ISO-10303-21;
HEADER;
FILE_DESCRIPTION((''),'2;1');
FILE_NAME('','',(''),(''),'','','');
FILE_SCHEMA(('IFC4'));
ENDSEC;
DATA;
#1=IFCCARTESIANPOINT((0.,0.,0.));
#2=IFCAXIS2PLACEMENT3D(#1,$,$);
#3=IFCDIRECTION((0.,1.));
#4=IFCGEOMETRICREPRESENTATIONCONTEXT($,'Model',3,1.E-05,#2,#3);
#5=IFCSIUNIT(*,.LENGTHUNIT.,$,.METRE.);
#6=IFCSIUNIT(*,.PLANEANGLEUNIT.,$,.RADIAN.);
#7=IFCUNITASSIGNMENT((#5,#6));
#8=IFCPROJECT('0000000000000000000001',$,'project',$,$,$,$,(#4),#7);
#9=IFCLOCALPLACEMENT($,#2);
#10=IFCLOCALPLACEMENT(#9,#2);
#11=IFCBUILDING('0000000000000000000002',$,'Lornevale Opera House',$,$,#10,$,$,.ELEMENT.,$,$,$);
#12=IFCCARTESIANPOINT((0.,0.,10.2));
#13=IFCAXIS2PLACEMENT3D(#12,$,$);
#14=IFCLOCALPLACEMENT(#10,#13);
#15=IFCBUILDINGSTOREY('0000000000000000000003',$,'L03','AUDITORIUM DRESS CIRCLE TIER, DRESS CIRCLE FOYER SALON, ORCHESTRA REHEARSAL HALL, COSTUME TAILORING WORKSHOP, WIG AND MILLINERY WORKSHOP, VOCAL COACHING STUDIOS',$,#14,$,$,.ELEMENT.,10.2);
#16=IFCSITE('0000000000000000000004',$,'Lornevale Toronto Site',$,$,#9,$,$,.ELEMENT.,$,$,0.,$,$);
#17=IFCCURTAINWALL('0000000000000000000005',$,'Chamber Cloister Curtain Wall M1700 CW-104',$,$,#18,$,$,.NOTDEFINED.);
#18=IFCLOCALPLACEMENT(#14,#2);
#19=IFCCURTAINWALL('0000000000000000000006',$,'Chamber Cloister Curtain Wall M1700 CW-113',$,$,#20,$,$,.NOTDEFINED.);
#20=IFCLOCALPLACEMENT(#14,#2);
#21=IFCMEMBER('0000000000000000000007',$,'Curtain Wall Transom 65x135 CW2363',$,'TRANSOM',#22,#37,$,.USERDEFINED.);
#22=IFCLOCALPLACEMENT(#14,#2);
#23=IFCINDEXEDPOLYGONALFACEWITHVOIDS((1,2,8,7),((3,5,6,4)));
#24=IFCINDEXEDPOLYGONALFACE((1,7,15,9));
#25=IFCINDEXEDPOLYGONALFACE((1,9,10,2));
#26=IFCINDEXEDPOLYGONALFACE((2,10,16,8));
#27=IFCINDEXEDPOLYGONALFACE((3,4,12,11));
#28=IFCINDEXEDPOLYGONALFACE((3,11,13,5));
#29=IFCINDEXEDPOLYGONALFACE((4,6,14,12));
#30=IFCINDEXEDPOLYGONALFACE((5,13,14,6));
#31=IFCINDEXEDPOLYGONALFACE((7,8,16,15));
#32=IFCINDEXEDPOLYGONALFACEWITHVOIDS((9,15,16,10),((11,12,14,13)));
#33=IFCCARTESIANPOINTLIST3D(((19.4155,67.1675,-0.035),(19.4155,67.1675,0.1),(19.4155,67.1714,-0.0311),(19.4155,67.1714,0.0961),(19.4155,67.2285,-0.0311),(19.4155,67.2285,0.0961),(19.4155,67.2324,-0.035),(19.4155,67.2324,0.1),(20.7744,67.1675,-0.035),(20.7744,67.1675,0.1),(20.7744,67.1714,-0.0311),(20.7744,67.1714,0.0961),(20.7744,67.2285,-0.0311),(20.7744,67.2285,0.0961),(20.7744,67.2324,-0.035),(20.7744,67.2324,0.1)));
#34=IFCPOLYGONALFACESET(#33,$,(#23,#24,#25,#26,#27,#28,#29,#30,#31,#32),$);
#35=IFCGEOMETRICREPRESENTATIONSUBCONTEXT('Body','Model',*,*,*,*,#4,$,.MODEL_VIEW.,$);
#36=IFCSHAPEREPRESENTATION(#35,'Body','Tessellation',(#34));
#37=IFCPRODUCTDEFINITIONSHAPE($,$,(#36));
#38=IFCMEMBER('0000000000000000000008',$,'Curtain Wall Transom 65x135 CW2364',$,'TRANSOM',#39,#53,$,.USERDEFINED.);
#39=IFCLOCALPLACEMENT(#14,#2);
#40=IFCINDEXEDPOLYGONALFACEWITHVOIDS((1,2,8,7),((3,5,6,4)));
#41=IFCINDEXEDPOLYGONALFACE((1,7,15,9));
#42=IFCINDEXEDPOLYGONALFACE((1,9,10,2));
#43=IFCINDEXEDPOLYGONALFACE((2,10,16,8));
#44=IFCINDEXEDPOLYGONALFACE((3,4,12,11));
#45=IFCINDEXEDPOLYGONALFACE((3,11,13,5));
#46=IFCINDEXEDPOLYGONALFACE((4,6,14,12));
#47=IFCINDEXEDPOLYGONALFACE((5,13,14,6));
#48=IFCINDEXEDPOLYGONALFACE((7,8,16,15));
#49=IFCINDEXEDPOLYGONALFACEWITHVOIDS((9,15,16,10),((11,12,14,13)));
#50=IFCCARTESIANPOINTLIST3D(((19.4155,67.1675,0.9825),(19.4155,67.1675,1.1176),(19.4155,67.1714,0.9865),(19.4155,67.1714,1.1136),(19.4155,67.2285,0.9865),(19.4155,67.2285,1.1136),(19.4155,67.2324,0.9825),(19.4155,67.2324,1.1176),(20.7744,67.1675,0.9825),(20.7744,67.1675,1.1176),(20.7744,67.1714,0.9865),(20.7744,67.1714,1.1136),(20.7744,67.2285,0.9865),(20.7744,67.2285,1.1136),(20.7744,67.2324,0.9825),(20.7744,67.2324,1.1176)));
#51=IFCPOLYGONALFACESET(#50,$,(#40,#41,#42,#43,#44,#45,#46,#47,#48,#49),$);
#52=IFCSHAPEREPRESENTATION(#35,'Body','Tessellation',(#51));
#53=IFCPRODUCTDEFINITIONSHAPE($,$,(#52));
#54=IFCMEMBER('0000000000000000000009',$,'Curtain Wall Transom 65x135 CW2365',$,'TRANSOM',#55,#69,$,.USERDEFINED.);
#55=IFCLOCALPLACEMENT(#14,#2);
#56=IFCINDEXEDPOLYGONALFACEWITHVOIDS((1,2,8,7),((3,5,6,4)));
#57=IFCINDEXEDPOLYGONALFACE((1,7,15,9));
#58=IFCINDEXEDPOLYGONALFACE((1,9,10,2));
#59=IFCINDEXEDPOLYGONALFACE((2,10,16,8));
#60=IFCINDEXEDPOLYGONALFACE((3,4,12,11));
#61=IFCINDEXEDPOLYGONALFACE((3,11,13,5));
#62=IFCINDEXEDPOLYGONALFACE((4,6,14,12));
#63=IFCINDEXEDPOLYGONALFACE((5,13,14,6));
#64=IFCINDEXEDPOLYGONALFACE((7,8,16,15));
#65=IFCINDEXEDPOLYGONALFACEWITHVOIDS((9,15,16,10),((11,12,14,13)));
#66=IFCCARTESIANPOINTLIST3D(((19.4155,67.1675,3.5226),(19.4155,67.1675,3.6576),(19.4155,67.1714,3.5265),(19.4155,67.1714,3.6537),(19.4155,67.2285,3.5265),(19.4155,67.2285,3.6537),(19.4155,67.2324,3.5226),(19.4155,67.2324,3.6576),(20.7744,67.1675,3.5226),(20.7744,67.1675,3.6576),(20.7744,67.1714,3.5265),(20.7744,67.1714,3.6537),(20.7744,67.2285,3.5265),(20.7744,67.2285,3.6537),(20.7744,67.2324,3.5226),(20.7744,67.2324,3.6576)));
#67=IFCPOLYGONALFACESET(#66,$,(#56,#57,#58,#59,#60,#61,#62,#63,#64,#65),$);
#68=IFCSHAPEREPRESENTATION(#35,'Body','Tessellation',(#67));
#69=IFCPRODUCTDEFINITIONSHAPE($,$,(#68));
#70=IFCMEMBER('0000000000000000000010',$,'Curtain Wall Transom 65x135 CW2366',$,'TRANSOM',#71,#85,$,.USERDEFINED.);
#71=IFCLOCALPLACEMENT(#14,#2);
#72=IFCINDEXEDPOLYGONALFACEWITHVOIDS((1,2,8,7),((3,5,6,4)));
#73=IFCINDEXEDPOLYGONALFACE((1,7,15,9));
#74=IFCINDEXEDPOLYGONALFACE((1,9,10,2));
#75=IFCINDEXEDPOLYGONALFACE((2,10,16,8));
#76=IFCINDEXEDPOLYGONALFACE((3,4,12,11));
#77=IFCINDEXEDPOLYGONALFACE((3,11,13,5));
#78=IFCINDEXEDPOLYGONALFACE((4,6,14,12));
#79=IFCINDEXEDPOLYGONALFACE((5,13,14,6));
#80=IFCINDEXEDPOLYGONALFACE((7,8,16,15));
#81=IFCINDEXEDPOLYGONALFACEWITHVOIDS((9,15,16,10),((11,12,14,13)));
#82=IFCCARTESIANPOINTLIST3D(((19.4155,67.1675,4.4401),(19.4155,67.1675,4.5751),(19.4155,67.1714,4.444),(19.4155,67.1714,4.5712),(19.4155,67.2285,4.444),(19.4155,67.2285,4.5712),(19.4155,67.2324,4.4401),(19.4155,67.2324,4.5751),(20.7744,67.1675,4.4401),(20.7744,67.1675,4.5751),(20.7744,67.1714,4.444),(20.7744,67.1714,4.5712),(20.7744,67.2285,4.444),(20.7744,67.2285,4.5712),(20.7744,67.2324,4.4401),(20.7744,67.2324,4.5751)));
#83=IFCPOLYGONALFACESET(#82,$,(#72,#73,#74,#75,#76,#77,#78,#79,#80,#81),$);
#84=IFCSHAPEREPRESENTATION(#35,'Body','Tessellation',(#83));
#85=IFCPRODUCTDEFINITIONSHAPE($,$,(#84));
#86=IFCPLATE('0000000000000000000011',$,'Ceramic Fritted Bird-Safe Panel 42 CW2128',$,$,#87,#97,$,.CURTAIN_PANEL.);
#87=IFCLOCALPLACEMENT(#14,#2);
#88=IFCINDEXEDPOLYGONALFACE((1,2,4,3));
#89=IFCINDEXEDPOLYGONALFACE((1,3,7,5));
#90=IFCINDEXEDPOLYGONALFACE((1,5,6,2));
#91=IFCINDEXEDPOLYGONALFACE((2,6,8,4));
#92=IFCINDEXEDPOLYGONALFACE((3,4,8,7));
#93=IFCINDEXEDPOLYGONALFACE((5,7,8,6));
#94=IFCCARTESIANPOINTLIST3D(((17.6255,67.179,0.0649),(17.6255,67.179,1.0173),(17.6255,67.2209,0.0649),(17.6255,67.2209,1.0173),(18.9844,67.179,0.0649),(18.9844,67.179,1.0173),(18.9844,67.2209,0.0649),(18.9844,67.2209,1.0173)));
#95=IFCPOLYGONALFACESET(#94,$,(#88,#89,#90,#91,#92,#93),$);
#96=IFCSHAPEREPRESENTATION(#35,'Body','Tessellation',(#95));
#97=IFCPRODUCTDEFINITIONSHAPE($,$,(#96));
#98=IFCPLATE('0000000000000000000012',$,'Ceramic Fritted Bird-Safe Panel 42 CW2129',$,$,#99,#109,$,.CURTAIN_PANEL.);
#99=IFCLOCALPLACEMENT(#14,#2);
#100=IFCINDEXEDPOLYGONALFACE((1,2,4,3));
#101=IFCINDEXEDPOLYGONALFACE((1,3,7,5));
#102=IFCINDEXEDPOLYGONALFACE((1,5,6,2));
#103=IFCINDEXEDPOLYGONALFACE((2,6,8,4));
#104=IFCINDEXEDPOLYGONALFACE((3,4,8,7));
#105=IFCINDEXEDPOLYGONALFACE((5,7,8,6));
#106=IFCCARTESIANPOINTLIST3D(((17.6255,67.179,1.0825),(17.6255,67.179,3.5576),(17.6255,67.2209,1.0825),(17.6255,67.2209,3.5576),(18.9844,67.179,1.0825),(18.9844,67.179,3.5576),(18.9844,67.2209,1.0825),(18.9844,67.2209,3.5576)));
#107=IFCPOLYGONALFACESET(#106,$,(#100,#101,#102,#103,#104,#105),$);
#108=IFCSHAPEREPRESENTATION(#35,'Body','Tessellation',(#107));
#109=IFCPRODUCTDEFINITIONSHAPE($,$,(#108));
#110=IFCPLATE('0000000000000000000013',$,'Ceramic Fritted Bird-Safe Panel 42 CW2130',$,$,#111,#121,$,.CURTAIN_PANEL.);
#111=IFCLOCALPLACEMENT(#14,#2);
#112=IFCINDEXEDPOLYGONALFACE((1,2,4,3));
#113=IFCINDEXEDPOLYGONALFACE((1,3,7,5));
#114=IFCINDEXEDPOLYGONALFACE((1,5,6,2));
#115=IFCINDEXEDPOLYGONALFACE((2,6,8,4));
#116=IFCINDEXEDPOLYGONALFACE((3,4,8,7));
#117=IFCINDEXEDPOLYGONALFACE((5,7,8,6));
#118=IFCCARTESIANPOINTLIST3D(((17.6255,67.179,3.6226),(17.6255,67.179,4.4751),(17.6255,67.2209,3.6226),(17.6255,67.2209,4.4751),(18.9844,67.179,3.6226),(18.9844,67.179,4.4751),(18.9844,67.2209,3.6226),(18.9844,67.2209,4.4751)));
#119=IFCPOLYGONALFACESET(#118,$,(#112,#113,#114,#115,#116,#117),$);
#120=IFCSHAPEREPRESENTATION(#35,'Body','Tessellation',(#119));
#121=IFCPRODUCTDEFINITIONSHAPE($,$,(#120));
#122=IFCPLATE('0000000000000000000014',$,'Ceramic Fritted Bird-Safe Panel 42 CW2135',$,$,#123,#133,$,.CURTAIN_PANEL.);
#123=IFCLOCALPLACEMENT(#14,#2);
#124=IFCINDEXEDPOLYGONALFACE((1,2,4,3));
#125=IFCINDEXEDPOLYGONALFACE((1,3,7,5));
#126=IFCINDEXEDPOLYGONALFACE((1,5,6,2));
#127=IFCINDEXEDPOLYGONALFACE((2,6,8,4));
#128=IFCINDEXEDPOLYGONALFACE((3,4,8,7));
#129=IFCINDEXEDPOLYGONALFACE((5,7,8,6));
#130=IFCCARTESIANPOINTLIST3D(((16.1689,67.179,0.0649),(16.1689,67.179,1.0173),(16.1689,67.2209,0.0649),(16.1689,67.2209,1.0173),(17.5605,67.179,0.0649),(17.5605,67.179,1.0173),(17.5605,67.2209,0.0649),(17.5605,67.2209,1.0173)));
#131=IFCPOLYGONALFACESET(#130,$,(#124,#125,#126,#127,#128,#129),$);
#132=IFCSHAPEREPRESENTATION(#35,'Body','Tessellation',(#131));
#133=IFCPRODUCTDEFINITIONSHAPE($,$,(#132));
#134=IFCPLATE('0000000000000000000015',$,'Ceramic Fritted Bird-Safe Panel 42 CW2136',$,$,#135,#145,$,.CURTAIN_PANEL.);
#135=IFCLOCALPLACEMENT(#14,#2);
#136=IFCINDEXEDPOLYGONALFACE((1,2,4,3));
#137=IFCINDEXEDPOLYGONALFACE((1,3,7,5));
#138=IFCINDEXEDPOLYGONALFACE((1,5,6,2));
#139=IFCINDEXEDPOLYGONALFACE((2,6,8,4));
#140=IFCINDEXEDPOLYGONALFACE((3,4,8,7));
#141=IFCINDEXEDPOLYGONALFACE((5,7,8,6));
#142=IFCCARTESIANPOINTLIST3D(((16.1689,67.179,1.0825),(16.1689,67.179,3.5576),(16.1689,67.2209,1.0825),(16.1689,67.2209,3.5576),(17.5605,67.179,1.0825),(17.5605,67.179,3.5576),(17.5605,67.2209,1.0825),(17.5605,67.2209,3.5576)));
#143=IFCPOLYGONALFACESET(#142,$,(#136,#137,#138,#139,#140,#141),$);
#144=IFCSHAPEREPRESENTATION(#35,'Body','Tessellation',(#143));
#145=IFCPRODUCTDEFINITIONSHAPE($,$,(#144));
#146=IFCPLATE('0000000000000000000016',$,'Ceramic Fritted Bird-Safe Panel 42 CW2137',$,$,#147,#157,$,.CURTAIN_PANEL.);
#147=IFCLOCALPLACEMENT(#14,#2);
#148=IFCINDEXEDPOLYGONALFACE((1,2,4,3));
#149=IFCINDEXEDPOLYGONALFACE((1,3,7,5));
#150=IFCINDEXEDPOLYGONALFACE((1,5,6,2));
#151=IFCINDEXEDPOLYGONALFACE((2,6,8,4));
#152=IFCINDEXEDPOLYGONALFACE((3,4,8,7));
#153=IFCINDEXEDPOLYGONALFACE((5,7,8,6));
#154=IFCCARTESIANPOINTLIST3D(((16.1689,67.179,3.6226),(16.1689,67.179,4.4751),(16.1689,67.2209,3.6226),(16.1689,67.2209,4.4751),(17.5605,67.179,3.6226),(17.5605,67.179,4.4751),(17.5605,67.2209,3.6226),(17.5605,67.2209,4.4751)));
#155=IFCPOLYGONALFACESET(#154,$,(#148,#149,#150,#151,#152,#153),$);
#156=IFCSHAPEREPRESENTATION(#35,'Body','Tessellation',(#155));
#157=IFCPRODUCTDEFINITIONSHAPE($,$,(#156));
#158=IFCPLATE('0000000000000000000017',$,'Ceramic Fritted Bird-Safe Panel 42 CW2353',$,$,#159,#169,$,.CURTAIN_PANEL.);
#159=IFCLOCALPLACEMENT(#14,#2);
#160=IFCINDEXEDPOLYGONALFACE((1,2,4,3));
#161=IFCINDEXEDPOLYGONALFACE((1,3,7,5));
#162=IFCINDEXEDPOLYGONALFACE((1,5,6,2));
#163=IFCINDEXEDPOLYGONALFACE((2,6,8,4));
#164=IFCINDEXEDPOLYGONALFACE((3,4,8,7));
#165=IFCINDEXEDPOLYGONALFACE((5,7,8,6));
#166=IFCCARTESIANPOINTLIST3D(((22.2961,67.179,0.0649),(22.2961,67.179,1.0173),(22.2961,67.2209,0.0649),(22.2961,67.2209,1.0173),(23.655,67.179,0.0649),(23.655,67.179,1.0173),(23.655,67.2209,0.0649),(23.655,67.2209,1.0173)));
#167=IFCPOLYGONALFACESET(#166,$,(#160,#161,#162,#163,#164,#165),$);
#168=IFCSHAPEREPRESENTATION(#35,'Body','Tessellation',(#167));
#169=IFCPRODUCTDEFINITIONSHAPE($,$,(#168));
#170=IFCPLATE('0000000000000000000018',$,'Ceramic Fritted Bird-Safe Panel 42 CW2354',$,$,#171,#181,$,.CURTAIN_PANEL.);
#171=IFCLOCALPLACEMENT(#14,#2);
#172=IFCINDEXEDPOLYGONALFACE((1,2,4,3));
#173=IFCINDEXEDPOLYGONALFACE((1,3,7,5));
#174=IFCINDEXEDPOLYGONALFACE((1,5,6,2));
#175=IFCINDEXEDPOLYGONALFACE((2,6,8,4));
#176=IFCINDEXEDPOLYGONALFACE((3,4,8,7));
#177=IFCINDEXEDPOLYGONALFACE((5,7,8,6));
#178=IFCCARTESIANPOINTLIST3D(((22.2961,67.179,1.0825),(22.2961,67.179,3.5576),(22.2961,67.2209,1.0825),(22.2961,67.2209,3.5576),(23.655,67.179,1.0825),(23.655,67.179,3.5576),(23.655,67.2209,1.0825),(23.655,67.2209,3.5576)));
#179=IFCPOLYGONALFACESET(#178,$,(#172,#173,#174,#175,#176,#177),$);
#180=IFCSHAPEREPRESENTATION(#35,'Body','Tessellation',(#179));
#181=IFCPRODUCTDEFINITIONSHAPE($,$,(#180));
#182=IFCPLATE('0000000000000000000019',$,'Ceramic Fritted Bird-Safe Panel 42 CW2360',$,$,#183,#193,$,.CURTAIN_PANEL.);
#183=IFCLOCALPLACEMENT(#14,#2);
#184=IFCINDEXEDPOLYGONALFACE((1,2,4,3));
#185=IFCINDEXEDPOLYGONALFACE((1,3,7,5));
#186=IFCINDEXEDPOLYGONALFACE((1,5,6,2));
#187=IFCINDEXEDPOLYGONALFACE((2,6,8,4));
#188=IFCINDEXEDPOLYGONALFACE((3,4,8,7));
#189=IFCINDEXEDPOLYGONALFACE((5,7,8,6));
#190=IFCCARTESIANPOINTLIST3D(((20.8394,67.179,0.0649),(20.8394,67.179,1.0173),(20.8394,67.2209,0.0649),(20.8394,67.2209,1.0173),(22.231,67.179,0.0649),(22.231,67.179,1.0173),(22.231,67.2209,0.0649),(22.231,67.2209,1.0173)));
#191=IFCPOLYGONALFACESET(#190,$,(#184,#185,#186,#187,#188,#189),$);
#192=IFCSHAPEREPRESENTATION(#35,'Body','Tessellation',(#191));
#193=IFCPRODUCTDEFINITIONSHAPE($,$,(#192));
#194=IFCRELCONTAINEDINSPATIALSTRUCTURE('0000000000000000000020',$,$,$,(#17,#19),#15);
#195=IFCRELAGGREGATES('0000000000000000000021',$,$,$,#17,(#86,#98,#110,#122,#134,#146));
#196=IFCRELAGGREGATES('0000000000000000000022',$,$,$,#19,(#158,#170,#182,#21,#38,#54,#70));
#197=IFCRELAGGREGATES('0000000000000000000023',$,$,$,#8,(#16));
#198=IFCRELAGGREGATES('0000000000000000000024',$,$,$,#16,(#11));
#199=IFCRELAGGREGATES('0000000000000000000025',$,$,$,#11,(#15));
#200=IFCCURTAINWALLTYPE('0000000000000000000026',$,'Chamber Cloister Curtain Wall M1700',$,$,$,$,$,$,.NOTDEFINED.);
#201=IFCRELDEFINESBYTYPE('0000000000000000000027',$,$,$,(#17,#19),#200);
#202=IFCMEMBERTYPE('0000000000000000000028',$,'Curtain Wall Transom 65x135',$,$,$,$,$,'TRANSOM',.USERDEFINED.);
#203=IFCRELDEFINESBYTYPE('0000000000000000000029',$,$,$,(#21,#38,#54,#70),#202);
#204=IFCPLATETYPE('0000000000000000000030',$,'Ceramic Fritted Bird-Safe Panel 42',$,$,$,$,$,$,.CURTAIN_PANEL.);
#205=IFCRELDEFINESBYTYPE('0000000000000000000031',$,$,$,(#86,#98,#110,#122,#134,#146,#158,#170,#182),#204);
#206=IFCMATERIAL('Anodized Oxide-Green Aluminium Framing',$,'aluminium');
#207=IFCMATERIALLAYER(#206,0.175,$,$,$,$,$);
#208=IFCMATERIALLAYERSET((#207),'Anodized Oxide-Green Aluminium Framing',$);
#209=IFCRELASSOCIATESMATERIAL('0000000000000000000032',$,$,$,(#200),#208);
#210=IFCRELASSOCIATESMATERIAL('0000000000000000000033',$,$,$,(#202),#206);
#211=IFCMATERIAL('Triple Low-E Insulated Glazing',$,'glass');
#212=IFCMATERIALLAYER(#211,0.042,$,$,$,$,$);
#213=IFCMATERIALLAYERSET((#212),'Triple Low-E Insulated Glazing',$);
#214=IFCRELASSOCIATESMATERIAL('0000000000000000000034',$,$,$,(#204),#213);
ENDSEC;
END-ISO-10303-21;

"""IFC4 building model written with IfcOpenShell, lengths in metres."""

from ifc_helpers import new_model, si_unit, direction, frame, origin, origin_2d, place, context, subcontext, project, spatial, rectangle, hollow_rectangle, extrude, material, layer, layer_set, material_profile, profile_set, type_object, element, aggregate, save


model = new_model("IFC4")

# Units and contexts
model_context = context("Model", 3, precision=1e-05, world=origin(), true_north=direction((0.0, 1.0)))
body_context = subcontext(model_context, "Body", "Model", "MODEL_VIEW")
ifc_project = project(units=[si_unit("LENGTHUNIT", "METRE"), si_unit("PLANEANGLEUNIT", "RADIAN")], contexts=[model_context])

# Site, building, storey
site_placement = place(None, origin())
site = spatial("IfcSite", under=ifc_project, at=site_placement, Name="Lornevale Toronto Site", CompositionType="ELEMENT", RefElevation=0.0)
building_placement = place(site_placement, origin())
building = spatial("IfcBuilding", under=site, at=building_placement, Name="Lornevale Opera House", CompositionType="ELEMENT")
storey_placement = place(building_placement, frame((0.0, 0.0, 10.2)))
storey = spatial("IfcBuildingStorey", under=building, at=storey_placement, Name="L03", Description="AUDITORIUM DRESS CIRCLE TIER, DRESS CIRCLE FOYER SALON, ORCHESTRA REHEARSAL HALL, COSTUME TAILORING WORKSHOP, WIG AND MILLINERY WORKSHOP, VOCAL COACHING STUDIOS", CompositionType="ELEMENT", Elevation=10.2)

# Curtain walls
ifc_material_1 = material(Name="Anodized Oxide-Green Aluminium Framing", Category="aluminium")
ifc_layer_1 = layer(ifc_material_1, 0.175)
ifc_layer_set_1 = layer_set([ifc_layer_1], Name="Anodized Oxide-Green Aluminium Framing")
curtain_wall_type = type_object("IfcCurtainWallType", Name="Chamber Cloister Curtain Wall M1700", PredefinedType="NOTDEFINED", material=ifc_layer_set_1)
curtain_wall_1_placement = place(storey_placement, origin())
curtain_wall_1 = element("IfcCurtainWall", 1, at=curtain_wall_1_placement, inside=storey, type_object=curtain_wall_type, Name="Chamber Cloister Curtain Wall M1700 CW-104", PredefinedType="NOTDEFINED")
curtain_wall_2_placement = place(storey_placement, origin())
curtain_wall_2 = element("IfcCurtainWall", 2, at=curtain_wall_2_placement, inside=storey, type_object=curtain_wall_type, Name="Chamber Cloister Curtain Wall M1700 CW-113", PredefinedType="NOTDEFINED")

# Members
ifc_material_profile_1 = material_profile(ifc_material_1, hollow_rectangle(XDim=0.0649, YDim=0.135, WallThickness=0.0039, at=origin_2d()), Name="ALU65x135x4")
ifc_profile_set_1 = profile_set([ifc_material_profile_1], Name="Anodized Oxide-Green Aluminium Framing")
member_type_1 = type_object("IfcMemberType", Name="Curtain Wall Transom 65x135", ElementType="TRANSOM", PredefinedType="USERDEFINED", material=ifc_profile_set_1)
member_1_placement = place(storey_placement, frame((20.7744, 67.2, 0.0325), z_axis=(-1.0, 0.0, 0.0), x_axis=(0.0, -1.0, 0.0)))
member_1 = element("IfcMember", 3, at=member_1_placement, type_object=member_type_1, Name="Curtain Wall Transom 65x135 CW2363", ObjectType="TRANSOM", PredefinedType="USERDEFINED", context=body_context, shape_type="SweptSolid", body=[
    extrude(hollow_rectangle(XDim=0.0649, YDim=0.135, WallThickness=0.0039, at=origin_2d()), origin(), (0.0, 0.0, 1.0), 1.3589),
])
member_2_placement = place(storey_placement, frame((20.7744, 67.2, 1.05), z_axis=(-1.0, 0.0, 0.0), x_axis=(0.0, -1.0, 0.0)))
member_2 = element("IfcMember", 4, at=member_2_placement, type_object=member_type_1, Name="Curtain Wall Transom 65x135 CW2364", ObjectType="TRANSOM", PredefinedType="USERDEFINED", context=body_context, shape_type="SweptSolid", body=[
    extrude(hollow_rectangle(XDim=0.0649, YDim=0.135, WallThickness=0.0039, at=origin_2d()), origin(), (0.0, 0.0, 1.0), 1.3589),
])
member_3_placement = place(storey_placement, frame((20.7744, 67.2, 3.5901), z_axis=(-1.0, 0.0, 0.0), x_axis=(0.0, -1.0, 0.0)))
member_3 = element("IfcMember", 5, at=member_3_placement, type_object=member_type_1, Name="Curtain Wall Transom 65x135 CW2365", ObjectType="TRANSOM", PredefinedType="USERDEFINED", context=body_context, shape_type="SweptSolid", body=[
    extrude(hollow_rectangle(XDim=0.0649, YDim=0.135, WallThickness=0.0039, at=origin_2d()), origin(), (0.0, 0.0, 1.0), 1.3589),
])
member_4_placement = place(storey_placement, frame((20.7744, 67.2, 4.5076), z_axis=(-1.0, 0.0, 0.0), x_axis=(0.0, -1.0, 0.0)))
member_4 = element("IfcMember", 6, at=member_4_placement, type_object=member_type_1, Name="Curtain Wall Transom 65x135 CW2366", ObjectType="TRANSOM", PredefinedType="USERDEFINED", context=body_context, shape_type="SweptSolid", body=[
    extrude(hollow_rectangle(XDim=0.0649, YDim=0.135, WallThickness=0.0039, at=origin_2d()), origin(), (0.0, 0.0, 1.0), 1.3589),
])

# Plates
ifc_material_2 = material(Name="Triple Low-E Insulated Glazing", Category="glass")
ifc_layer_2 = layer(ifc_material_2, 0.042)
ifc_layer_set_2 = layer_set([ifc_layer_2], Name="Triple Low-E Insulated Glazing")
plate_type = type_object("IfcPlateType", Name="Ceramic Fritted Bird-Safe Panel 42", PredefinedType="CURTAIN_PANEL", material=ifc_layer_set_2)
plate_1_placement = place(storey_placement, frame((18.3049, 67.2, 0.0649), z_axis=(0.0, 0.0, 1.0), x_axis=(-1.0, 0.0, 0.0)))
plate_1 = element("IfcPlate", 7, at=plate_1_placement, type_object=plate_type, Name="Ceramic Fritted Bird-Safe Panel 42 CW2128", PredefinedType="CURTAIN_PANEL", context=body_context, shape_type="SweptSolid", body=[
    extrude(rectangle(XDim=1.3589, YDim=0.042, at=origin_2d()), origin(), (0.0, 0.0, 1.0), 0.9524),
])
plate_2_placement = place(storey_placement, frame((18.3049, 67.2, 1.0825), z_axis=(0.0, 0.0, 1.0), x_axis=(-1.0, 0.0, 0.0)))
plate_2 = element("IfcPlate", 8, at=plate_2_placement, type_object=plate_type, Name="Ceramic Fritted Bird-Safe Panel 42 CW2129", PredefinedType="CURTAIN_PANEL", context=body_context, shape_type="SweptSolid", body=[
    extrude(rectangle(XDim=1.3589, YDim=0.042, at=origin_2d()), origin(), (0.0, 0.0, 1.0), 2.4751),
])
plate_3_placement = place(storey_placement, frame((18.3049, 67.2, 3.6226), z_axis=(0.0, 0.0, 1.0), x_axis=(-1.0, 0.0, 0.0)))
plate_3 = element("IfcPlate", 9, at=plate_3_placement, type_object=plate_type, Name="Ceramic Fritted Bird-Safe Panel 42 CW2130", PredefinedType="CURTAIN_PANEL", context=body_context, shape_type="SweptSolid", body=[
    extrude(rectangle(XDim=1.3589, YDim=0.042, at=origin_2d()), origin(), (0.0, 0.0, 1.0), 0.8525),
])
plate_4_placement = place(storey_placement, frame((16.8647, 67.2, 0.0649), z_axis=(0.0, 0.0, 1.0), x_axis=(-1.0, 0.0, 0.0)))
plate_4 = element("IfcPlate", 10, at=plate_4_placement, type_object=plate_type, Name="Ceramic Fritted Bird-Safe Panel 42 CW2135", PredefinedType="CURTAIN_PANEL", context=body_context, shape_type="SweptSolid", body=[
    extrude(rectangle(XDim=1.3916, YDim=0.042, at=origin_2d()), origin(), (0.0, 0.0, 1.0), 0.9524),
])
plate_5_placement = place(storey_placement, frame((16.8647, 67.2, 1.0825), z_axis=(0.0, 0.0, 1.0), x_axis=(-1.0, 0.0, 0.0)))
plate_5 = element("IfcPlate", 11, at=plate_5_placement, type_object=plate_type, Name="Ceramic Fritted Bird-Safe Panel 42 CW2136", PredefinedType="CURTAIN_PANEL", context=body_context, shape_type="SweptSolid", body=[
    extrude(rectangle(XDim=1.3916, YDim=0.042, at=origin_2d()), origin(), (0.0, 0.0, 1.0), 2.4751),
])
plate_6_placement = place(storey_placement, frame((16.8647, 67.2, 3.6226), z_axis=(0.0, 0.0, 1.0), x_axis=(-1.0, 0.0, 0.0)))
plate_6 = element("IfcPlate", 12, at=plate_6_placement, type_object=plate_type, Name="Ceramic Fritted Bird-Safe Panel 42 CW2137", PredefinedType="CURTAIN_PANEL", context=body_context, shape_type="SweptSolid", body=[
    extrude(rectangle(XDim=1.3916, YDim=0.042, at=origin_2d()), origin(), (0.0, 0.0, 1.0), 0.8525),
])
aggregate(curtain_wall_1, [plate_1, plate_2, plate_3, plate_4, plate_5, plate_6])
plate_7_placement = place(storey_placement, frame((22.9756, 67.2, 0.0649), z_axis=(0.0, 0.0, 1.0), x_axis=(-1.0, 0.0, 0.0)))
plate_7 = element("IfcPlate", 13, at=plate_7_placement, type_object=plate_type, Name="Ceramic Fritted Bird-Safe Panel 42 CW2353", PredefinedType="CURTAIN_PANEL", context=body_context, shape_type="SweptSolid", body=[
    extrude(rectangle(XDim=1.3589, YDim=0.042, at=origin_2d()), origin(), (0.0, 0.0, 1.0), 0.9524),
])
plate_8_placement = place(storey_placement, frame((22.9756, 67.2, 1.0825), z_axis=(0.0, 0.0, 1.0), x_axis=(-1.0, 0.0, 0.0)))
plate_8 = element("IfcPlate", 14, at=plate_8_placement, type_object=plate_type, Name="Ceramic Fritted Bird-Safe Panel 42 CW2354", PredefinedType="CURTAIN_PANEL", context=body_context, shape_type="SweptSolid", body=[
    extrude(rectangle(XDim=1.3589, YDim=0.042, at=origin_2d()), origin(), (0.0, 0.0, 1.0), 2.4751),
])
plate_9_placement = place(storey_placement, frame((21.5352, 67.2, 0.0649), z_axis=(0.0, 0.0, 1.0), x_axis=(-1.0, 0.0, 0.0)))
plate_9 = element("IfcPlate", 15, at=plate_9_placement, type_object=plate_type, Name="Ceramic Fritted Bird-Safe Panel 42 CW2360", PredefinedType="CURTAIN_PANEL", context=body_context, shape_type="SweptSolid", body=[
    extrude(rectangle(XDim=1.3916, YDim=0.042, at=origin_2d()), origin(), (0.0, 0.0, 1.0), 0.9524),
])
aggregate(curtain_wall_2, [plate_7, plate_8, plate_9, member_1, member_2, member_3, member_4])

save(model, "model.ifc")
